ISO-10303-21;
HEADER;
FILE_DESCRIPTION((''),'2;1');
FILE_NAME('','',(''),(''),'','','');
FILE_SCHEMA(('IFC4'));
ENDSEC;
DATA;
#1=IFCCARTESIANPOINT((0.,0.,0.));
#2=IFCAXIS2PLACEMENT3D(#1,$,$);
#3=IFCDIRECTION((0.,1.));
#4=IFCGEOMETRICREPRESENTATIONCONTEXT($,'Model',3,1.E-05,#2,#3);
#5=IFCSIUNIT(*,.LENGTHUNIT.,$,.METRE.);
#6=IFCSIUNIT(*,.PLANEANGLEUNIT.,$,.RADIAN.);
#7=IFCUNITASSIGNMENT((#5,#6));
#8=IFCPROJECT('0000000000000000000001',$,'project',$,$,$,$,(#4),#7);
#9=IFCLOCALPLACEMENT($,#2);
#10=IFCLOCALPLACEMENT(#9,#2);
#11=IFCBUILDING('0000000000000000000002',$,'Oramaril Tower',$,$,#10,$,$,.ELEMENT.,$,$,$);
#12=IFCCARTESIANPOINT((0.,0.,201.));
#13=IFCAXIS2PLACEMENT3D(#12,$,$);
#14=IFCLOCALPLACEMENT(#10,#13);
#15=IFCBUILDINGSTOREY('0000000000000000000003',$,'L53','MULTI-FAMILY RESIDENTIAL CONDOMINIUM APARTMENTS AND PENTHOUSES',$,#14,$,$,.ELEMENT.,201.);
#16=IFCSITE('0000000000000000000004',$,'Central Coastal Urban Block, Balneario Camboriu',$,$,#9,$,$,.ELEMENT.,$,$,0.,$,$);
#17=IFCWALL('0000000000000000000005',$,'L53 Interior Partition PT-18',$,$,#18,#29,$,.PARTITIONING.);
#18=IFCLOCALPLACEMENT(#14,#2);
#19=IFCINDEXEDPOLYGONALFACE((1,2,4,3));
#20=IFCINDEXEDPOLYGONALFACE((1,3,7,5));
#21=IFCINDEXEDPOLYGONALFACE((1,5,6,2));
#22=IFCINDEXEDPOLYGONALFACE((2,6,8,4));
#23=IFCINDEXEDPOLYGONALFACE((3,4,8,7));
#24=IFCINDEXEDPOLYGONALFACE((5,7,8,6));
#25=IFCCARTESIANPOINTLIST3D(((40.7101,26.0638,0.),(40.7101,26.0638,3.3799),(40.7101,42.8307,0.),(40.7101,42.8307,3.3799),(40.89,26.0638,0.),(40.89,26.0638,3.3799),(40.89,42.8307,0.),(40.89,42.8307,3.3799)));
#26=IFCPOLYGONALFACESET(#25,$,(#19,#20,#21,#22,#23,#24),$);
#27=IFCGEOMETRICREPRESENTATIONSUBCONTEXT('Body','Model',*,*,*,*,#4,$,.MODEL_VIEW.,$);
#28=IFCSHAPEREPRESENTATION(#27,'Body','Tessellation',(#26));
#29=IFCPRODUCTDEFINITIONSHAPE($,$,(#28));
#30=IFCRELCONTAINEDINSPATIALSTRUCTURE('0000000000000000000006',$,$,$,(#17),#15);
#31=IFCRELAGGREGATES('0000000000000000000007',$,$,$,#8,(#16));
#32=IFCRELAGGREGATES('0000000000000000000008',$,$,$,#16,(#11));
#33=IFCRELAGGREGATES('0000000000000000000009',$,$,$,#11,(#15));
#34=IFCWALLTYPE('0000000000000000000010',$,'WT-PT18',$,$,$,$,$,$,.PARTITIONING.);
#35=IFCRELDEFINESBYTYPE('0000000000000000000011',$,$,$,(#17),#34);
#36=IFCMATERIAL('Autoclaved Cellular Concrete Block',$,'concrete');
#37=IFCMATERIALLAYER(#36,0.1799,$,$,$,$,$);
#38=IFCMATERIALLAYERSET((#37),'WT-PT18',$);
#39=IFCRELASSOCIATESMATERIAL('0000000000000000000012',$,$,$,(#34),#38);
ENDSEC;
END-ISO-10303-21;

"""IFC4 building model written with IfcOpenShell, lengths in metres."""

from ifc_helpers import new_model, si_unit, direction, frame, frame_2d, origin, place, context, subcontext, project, spatial, rectangle, extrude, material, layer, layer_set, type_object, element, save


model = new_model("IFC4")

# Units and contexts
model_context = context("Model", 3, precision=1e-05, world=origin(), true_north=direction((0.0, 1.0)))
body_context = subcontext(model_context, "Body", "Model", "MODEL_VIEW")
ifc_project = project(units=[si_unit("LENGTHUNIT", "METRE"), si_unit("PLANEANGLEUNIT", "RADIAN")], contexts=[model_context])

# Site, building, storey
site_placement = place(None, origin())
site = spatial("IfcSite", under=ifc_project, at=site_placement, Name="Central Coastal Urban Block, Balneario Camboriu", CompositionType="ELEMENT", RefElevation=0.0)
building_placement = place(site_placement, origin())
building = spatial("IfcBuilding", under=site, at=building_placement, Name="Oramaril Tower", CompositionType="ELEMENT")
storey_placement = place(building_placement, frame((0.0, 0.0, 201.0)))
storey = spatial("IfcBuildingStorey", under=building, at=storey_placement, Name="L53", Description="MULTI-FAMILY RESIDENTIAL CONDOMINIUM APARTMENTS AND PENTHOUSES", CompositionType="ELEMENT", Elevation=201.0)

# Shared definitions
ifc_material_1 = material(Name="Autoclaved Cellular Concrete Block", Category="concrete")
ifc_layer_1 = layer(ifc_material_1, 0.1799)
ifc_layer_set_1 = layer_set([ifc_layer_1], Name="WT-PT18")
wall_type_1 = type_object("IfcWallType", Name="WT-PT18", PredefinedType="PARTITIONING", material=ifc_layer_set_1)

# Wall
wall_1_placement = place(storey_placement, frame((40.8, 26.064, 0.0), z_axis=(0.0, 0.0, 1.0), x_axis=(0.0, 1.0, 0.0)))
element("IfcWall", 1, at=wall_1_placement, inside=storey, type_object=wall_type_1, Name="L53 Interior Partition PT-18", PredefinedType="PARTITIONING", context=body_context, shape_type="SweptSolid", body=[
    extrude(rectangle(XDim=16.7668, YDim=0.1799, at=frame_2d((8.3833, 0.0))), origin(), (0.0, 0.0, 1.0), 3.3799),
])

save(model, "model.ifc")
